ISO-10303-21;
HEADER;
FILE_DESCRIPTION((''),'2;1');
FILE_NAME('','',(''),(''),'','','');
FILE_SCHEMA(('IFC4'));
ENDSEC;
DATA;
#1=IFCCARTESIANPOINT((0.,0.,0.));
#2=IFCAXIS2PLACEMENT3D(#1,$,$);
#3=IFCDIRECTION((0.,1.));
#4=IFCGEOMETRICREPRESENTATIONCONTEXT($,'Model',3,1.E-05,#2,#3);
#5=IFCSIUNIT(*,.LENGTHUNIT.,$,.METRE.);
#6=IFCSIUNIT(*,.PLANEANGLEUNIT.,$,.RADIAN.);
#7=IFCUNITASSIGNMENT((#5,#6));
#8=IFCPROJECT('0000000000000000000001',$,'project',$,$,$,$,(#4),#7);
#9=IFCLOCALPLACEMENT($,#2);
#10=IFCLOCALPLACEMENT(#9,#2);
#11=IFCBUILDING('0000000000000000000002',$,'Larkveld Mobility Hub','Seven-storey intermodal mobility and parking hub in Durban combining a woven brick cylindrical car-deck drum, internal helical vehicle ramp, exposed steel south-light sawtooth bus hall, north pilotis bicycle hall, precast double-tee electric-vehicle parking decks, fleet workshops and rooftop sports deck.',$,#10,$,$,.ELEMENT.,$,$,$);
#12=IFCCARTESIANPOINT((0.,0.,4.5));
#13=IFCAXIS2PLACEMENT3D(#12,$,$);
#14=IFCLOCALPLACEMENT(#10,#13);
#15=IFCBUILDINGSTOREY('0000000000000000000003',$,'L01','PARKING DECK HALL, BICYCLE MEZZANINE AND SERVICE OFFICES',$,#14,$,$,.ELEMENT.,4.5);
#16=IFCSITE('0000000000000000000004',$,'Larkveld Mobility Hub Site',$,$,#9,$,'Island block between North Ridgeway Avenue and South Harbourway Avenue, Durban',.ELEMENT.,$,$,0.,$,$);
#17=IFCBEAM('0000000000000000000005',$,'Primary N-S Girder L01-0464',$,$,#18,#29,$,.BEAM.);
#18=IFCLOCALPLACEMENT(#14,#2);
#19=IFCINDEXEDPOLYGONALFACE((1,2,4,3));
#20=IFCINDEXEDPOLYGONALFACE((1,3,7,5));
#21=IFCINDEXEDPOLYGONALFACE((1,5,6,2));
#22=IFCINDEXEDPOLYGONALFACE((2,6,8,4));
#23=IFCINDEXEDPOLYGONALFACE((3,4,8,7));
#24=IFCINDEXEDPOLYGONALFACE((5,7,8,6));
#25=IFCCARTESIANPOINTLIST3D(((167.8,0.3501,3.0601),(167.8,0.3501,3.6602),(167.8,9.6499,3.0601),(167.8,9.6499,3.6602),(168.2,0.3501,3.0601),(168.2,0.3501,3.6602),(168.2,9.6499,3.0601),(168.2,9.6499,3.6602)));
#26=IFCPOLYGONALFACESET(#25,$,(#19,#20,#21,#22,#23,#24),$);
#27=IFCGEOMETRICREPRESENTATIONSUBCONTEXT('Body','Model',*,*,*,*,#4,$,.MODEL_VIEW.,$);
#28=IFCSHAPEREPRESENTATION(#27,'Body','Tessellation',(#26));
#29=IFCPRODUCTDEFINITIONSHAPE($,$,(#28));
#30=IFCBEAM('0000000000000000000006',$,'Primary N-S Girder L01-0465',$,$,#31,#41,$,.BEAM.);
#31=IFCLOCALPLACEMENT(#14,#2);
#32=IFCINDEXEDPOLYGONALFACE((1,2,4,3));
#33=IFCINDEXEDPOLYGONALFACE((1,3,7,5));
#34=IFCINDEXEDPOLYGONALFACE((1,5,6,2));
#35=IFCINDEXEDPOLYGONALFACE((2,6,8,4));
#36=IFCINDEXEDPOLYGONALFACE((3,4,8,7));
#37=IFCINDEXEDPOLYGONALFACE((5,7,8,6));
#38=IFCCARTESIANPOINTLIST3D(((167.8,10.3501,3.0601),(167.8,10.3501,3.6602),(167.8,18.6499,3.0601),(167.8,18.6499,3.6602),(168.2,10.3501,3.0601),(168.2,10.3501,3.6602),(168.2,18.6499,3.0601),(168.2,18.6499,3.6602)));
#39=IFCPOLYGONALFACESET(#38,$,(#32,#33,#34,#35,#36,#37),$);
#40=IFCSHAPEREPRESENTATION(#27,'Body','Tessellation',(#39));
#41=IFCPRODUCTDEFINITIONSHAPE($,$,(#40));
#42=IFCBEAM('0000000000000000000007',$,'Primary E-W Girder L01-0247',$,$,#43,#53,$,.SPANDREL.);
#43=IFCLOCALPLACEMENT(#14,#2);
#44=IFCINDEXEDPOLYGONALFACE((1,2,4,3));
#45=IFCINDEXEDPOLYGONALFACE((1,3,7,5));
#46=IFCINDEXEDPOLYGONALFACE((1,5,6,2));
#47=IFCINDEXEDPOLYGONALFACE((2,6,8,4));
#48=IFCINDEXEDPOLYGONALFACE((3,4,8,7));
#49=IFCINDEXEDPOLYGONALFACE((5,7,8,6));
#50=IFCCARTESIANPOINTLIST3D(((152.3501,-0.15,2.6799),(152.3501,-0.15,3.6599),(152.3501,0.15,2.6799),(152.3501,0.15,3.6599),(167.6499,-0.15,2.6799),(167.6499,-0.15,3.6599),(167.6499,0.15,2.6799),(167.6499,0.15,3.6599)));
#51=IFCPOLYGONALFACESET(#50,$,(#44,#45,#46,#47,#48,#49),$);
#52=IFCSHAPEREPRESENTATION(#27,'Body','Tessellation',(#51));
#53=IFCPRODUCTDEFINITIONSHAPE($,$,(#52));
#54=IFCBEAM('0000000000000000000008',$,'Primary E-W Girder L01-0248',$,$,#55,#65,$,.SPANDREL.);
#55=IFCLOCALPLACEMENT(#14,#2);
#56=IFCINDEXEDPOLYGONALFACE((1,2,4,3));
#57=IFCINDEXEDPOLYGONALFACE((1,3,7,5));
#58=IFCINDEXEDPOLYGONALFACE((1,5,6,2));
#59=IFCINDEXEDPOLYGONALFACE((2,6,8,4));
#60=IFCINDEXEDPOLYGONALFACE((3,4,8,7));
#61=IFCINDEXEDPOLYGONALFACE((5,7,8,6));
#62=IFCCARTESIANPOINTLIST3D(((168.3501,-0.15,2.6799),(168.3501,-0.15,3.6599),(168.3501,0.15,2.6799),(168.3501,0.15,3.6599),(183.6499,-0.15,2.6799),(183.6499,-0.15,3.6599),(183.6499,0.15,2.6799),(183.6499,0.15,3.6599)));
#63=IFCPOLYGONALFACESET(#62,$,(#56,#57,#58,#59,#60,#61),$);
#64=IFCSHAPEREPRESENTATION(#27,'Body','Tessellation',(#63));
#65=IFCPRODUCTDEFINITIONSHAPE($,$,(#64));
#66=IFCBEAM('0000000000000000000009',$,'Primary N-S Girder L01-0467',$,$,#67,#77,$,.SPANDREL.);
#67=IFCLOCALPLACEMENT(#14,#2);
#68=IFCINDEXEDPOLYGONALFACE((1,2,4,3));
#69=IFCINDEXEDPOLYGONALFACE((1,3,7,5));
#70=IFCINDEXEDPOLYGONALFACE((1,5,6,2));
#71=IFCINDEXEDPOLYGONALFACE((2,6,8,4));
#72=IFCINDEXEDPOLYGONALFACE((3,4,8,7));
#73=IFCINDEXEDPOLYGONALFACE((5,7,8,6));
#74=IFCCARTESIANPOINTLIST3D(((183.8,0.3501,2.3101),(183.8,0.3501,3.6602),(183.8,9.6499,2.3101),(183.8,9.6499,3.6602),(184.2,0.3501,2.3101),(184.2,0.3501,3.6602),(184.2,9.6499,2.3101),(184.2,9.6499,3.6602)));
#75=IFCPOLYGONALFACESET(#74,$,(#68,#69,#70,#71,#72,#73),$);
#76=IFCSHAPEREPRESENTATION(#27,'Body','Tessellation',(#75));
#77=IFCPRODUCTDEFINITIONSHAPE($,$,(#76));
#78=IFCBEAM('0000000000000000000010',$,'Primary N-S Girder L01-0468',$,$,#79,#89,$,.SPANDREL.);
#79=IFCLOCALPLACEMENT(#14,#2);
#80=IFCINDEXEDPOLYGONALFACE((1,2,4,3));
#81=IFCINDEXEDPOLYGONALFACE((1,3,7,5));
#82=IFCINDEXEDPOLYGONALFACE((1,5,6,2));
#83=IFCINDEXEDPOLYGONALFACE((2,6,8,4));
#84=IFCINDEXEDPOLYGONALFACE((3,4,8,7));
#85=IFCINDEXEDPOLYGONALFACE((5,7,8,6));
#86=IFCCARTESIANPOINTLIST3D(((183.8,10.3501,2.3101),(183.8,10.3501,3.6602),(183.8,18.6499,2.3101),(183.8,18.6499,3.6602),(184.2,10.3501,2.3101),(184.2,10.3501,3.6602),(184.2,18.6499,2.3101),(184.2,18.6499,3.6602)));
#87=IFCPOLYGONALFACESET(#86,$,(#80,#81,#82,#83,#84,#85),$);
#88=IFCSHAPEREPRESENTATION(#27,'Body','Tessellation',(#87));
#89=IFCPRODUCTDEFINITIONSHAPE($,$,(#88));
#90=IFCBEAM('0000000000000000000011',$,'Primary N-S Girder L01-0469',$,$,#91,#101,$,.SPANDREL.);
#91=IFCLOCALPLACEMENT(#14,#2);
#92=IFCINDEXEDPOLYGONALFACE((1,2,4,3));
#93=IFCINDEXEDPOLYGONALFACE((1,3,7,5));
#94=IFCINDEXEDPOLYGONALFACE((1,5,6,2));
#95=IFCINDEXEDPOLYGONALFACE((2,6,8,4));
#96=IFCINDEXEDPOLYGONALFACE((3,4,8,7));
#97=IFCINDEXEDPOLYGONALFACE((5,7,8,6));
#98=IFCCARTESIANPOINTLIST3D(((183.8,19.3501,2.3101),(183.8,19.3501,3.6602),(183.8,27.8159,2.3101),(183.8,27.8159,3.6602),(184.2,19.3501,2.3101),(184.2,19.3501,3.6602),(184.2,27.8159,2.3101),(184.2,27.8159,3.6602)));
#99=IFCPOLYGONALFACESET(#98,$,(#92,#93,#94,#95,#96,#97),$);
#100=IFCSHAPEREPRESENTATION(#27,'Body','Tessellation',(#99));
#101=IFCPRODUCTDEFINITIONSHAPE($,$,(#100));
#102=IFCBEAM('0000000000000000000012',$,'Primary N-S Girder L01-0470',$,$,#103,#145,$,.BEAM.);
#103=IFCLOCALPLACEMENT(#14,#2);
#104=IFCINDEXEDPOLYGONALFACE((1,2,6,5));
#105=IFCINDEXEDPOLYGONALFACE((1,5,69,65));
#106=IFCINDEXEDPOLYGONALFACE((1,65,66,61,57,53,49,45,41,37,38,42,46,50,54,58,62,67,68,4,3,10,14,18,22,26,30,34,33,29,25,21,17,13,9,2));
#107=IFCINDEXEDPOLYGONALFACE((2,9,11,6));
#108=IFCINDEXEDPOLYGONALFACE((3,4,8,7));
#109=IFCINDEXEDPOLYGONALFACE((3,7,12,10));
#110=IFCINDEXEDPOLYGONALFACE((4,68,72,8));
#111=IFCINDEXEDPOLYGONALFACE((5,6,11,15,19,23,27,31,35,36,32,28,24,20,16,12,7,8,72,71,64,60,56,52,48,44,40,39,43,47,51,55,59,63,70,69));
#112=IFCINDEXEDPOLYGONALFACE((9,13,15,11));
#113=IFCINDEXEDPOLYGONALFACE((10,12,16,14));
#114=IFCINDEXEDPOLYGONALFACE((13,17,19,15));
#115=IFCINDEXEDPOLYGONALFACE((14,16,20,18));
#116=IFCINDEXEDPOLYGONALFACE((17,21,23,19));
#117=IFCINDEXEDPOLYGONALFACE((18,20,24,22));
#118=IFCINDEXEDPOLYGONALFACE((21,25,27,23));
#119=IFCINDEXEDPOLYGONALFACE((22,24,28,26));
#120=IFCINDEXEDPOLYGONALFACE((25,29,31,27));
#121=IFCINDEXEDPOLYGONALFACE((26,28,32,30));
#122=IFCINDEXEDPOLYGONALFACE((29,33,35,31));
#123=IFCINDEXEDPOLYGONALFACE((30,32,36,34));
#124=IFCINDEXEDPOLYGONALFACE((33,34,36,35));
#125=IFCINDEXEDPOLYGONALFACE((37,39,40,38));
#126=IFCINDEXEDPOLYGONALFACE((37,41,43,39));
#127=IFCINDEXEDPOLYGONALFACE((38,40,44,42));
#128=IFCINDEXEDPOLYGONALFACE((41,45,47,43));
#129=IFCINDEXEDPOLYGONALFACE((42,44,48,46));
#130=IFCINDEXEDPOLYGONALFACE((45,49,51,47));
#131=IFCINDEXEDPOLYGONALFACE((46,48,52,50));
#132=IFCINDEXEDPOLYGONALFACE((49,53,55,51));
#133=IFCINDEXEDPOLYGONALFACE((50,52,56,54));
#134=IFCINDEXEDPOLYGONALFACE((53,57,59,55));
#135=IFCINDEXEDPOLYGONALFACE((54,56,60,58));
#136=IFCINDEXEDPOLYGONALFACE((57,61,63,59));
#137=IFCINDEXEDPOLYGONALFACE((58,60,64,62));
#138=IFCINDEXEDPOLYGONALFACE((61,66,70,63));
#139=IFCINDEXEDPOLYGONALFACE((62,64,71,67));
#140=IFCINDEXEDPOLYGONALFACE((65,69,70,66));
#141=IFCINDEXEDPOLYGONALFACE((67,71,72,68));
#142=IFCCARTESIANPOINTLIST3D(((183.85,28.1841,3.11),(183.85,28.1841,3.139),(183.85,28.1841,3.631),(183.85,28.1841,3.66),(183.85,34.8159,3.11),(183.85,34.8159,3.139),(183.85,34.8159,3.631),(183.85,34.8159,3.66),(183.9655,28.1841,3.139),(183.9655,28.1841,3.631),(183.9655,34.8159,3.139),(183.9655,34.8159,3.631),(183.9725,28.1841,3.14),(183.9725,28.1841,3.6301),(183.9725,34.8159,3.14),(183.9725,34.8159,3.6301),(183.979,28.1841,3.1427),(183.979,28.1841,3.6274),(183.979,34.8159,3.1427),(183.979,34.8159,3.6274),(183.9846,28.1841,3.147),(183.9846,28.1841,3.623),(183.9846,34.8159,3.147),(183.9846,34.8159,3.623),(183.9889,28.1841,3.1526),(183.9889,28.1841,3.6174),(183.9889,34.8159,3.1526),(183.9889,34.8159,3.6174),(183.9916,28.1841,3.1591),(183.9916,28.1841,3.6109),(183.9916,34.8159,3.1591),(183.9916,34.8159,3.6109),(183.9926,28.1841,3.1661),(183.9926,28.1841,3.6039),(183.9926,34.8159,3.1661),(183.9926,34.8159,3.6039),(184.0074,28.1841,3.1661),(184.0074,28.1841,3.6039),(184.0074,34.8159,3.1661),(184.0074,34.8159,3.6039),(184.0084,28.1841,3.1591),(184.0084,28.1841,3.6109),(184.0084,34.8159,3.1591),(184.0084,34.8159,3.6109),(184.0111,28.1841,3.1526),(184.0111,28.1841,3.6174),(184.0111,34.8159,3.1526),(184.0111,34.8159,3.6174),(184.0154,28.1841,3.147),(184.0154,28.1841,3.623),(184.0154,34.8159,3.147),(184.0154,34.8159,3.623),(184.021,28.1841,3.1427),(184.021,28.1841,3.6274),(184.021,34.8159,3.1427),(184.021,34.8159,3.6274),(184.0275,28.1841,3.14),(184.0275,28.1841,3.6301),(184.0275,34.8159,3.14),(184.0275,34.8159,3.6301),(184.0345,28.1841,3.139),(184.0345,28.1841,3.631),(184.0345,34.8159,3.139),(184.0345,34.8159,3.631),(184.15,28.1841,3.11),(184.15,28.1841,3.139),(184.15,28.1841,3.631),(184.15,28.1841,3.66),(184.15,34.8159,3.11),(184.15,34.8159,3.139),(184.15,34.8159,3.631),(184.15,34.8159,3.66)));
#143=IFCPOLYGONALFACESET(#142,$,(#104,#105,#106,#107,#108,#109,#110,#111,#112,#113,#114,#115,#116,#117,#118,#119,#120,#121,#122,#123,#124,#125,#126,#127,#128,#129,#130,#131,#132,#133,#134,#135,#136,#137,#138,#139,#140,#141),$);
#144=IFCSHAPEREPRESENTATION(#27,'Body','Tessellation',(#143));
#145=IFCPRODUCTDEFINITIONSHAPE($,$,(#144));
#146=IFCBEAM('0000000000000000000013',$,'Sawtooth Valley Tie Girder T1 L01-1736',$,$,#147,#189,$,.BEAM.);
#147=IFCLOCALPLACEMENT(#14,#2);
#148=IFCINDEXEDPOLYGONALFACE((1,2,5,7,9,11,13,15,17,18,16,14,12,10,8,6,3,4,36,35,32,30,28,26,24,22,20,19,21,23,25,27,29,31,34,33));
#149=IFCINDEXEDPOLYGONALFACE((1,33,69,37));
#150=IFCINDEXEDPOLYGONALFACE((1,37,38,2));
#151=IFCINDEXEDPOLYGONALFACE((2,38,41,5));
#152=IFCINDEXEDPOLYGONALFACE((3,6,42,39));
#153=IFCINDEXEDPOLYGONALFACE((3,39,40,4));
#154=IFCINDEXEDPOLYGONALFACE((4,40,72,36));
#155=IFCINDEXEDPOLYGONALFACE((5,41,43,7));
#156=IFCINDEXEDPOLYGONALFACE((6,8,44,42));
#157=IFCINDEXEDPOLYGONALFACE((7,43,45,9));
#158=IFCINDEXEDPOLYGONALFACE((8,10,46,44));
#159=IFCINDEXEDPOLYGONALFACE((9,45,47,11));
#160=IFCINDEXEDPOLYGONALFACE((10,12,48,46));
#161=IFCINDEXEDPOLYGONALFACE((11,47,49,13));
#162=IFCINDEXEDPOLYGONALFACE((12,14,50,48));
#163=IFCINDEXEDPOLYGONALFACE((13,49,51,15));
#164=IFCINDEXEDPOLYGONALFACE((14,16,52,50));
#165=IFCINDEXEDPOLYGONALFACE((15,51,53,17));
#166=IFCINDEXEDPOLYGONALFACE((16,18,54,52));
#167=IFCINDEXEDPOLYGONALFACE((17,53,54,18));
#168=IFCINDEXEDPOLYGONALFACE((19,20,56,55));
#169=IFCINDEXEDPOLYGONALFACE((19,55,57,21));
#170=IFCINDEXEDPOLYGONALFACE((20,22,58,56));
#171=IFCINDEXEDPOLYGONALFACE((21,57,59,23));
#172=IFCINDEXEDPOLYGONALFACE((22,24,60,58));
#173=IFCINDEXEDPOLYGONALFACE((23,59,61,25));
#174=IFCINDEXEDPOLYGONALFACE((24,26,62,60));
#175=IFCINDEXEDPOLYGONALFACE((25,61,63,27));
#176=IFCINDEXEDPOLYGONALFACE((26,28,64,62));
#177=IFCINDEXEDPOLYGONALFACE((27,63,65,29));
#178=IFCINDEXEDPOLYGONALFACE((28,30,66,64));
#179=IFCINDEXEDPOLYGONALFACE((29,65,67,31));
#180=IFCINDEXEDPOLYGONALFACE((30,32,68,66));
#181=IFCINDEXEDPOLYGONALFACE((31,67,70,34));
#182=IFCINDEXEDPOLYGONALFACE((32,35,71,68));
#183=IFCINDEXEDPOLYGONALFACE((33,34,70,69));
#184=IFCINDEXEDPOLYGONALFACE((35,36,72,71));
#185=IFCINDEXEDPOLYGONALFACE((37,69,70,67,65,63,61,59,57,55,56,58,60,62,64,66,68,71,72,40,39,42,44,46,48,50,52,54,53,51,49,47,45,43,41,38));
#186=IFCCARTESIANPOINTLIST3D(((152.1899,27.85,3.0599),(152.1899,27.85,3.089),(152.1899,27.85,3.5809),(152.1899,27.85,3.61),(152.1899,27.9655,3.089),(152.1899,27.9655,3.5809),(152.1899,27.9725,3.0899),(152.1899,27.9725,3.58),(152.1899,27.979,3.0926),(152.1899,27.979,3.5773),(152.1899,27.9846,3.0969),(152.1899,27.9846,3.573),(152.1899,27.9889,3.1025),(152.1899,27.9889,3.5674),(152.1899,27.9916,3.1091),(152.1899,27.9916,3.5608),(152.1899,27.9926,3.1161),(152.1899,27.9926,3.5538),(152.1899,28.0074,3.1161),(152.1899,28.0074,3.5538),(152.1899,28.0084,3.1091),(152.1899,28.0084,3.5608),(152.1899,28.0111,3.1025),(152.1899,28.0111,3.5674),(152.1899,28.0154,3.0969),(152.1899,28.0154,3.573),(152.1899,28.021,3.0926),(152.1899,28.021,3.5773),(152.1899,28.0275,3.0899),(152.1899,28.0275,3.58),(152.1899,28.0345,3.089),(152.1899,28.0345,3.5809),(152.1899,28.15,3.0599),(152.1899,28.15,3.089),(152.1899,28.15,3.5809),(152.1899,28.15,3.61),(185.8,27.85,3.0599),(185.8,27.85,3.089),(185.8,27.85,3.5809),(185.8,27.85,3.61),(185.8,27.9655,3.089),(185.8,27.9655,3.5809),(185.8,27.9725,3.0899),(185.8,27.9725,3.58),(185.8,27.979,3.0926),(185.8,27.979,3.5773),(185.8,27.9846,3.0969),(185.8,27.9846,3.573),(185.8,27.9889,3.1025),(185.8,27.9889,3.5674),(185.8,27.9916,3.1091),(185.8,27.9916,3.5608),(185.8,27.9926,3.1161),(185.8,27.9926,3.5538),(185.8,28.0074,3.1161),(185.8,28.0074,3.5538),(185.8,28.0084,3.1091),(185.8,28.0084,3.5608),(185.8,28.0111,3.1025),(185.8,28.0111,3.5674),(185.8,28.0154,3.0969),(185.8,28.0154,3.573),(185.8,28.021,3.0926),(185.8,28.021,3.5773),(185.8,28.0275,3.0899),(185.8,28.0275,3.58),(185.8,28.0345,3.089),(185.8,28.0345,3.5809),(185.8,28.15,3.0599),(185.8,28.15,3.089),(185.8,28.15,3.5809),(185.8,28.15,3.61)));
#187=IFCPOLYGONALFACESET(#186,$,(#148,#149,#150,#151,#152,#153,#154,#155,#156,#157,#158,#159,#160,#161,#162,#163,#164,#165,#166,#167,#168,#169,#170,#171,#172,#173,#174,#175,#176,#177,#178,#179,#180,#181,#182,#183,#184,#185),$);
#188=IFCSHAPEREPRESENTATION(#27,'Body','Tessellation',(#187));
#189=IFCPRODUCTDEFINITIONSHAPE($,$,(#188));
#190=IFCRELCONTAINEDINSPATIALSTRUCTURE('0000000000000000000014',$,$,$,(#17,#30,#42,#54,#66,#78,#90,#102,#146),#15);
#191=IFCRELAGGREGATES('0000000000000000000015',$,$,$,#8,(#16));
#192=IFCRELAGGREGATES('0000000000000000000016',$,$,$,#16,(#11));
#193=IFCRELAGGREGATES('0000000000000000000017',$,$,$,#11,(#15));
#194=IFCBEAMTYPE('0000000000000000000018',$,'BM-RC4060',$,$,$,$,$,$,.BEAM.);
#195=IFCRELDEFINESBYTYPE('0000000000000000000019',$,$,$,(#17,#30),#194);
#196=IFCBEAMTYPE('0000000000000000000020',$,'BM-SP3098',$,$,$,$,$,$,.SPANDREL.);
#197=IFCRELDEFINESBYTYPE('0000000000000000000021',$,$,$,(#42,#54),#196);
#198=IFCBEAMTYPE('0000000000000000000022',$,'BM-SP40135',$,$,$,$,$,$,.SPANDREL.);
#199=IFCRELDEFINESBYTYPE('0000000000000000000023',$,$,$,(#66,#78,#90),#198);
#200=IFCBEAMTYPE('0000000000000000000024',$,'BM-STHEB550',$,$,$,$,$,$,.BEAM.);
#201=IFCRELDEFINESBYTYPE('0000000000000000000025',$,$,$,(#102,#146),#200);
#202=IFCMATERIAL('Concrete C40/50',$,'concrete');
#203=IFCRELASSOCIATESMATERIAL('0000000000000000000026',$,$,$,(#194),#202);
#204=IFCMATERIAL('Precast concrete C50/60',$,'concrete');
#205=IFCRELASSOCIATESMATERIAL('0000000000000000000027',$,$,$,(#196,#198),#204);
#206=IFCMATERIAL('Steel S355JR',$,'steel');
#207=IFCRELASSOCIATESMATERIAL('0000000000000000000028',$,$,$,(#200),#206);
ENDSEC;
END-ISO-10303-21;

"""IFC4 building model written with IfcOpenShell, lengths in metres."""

from ifc_helpers import new_model, si_unit, direction, frame, origin, origin_2d, place, context, subcontext, project, spatial, rectangle, i_section, extrude, material, material_profile, profile_set, type_object, element, save


model = new_model("IFC4")

# Units and contexts
model_context = context("Model", 3, precision=1e-05, world=origin(), true_north=direction((0.0, 1.0)))
body_context = subcontext(model_context, "Body", "Model", "MODEL_VIEW")
ifc_project = project(units=[si_unit("LENGTHUNIT", "METRE"), si_unit("PLANEANGLEUNIT", "RADIAN")], contexts=[model_context])

# Site, building, storey
site_placement = place(None, origin())
site = spatial("IfcSite", under=ifc_project, at=site_placement, Name="Larkveld Mobility Hub Site", LongName="Island block between North Ridgeway Avenue and South Harbourway Avenue, Durban", CompositionType="ELEMENT", RefElevation=0.0)
building_placement = place(site_placement, origin())
building = spatial("IfcBuilding", under=site, at=building_placement, Name="Larkveld Mobility Hub", Description="Seven-storey intermodal mobility and parking hub in Durban combining a woven brick cylindrical car-deck drum, internal helical vehicle ramp, exposed steel south-light sawtooth bus hall, north pilotis bicycle hall, precast double-tee electric-vehicle parking decks, fleet workshops and rooftop sports deck.", CompositionType="ELEMENT")
storey_placement = place(building_placement, frame((0.0, 0.0, 4.5)))
storey = spatial("IfcBuildingStorey", under=building, at=storey_placement, Name="L01", Description="PARKING DECK HALL, BICYCLE MEZZANINE AND SERVICE OFFICES", CompositionType="ELEMENT", Elevation=4.5)

# Shared definitions
ifc_material_1 = material(Name="Concrete C40/50", Category="concrete")
ifc_material_2 = material(Name="Steel S355JR", Category="steel")

# Beams
ifc_material_3 = material(Name="Precast concrete C50/60", Category="concrete")
ifc_material_profile_1 = material_profile(ifc_material_1, rectangle(XDim=0.3999, YDim=0.6001, at=origin_2d()), Name="RC BM 400x600")
ifc_profile_set_1 = profile_set([ifc_material_profile_1], Name="Concrete C40/50")
beam_type_1 = type_object("IfcBeamType", Name="BM-RC4060", PredefinedType="BEAM", material=ifc_profile_set_1)
beam_1_placement = place(storey_placement, frame((168.0, 0.3501, 3.3601), z_axis=(0.0, 1.0, 0.0), x_axis=(-1.0, 0.0, 0.0)))
element("IfcBeam", 1, at=beam_1_placement, inside=storey, type_object=beam_type_1, Name="Primary N-S Girder L01-0464", PredefinedType="BEAM", context=body_context, shape_type="SweptSolid", body=[
    extrude(rectangle(XDim=0.3999, YDim=0.6001, at=origin_2d()), origin(), (0.0, 0.0, 1.0), 9.2998),
])
beam_2_placement = place(storey_placement, frame((168.0, 10.3501, 3.3601), z_axis=(0.0, 1.0, 0.0), x_axis=(-1.0, 0.0, 0.0)))
element("IfcBeam", 2, at=beam_2_placement, inside=storey, type_object=beam_type_1, Name="Primary N-S Girder L01-0465", PredefinedType="BEAM", context=body_context, shape_type="SweptSolid", body=[
    extrude(rectangle(XDim=0.3999, YDim=0.6001, at=origin_2d()), origin(), (0.0, 0.0, 1.0), 8.2998),
])
ifc_material_profile_2 = material_profile(ifc_material_3, rectangle(XDim=0.3, YDim=0.98, at=origin_2d()), Name="PC SP 300x980")
ifc_profile_set_2 = profile_set([ifc_material_profile_2], Name="Precast concrete C50/60")
beam_type_2 = type_object("IfcBeamType", Name="BM-SP3098", PredefinedType="SPANDREL", material=ifc_profile_set_2)
for number, where, z_axis, x_axis, name in (
    (3, (152.3501, 0.0, 3.1699), (1.0, 0.0, 0.0), (0.0, 1.0, 0.0), "Primary E-W Girder L01-0247"),
    (4, (168.3501, 0.0, 3.1699), (1.0, 0.0, 0.0), (0.0, 1.0, 0.0), "Primary E-W Girder L01-0248"),
):
    element("IfcBeam", number, at=place(storey_placement, frame(where, z_axis=z_axis, x_axis=x_axis)), inside=storey, type_object=beam_type_2, Name=name, PredefinedType="SPANDREL", context=body_context, shape_type="SweptSolid", body=[
        extrude(rectangle(XDim=0.3, YDim=0.98, at=origin_2d()), origin(), (0.0, 0.0, 1.0), 15.2998),
    ])
ifc_material_profile_3 = material_profile(ifc_material_3, rectangle(XDim=0.3999, YDim=1.3501, at=origin_2d()), Name="PC SP 400x1350")
ifc_profile_set_3 = profile_set([ifc_material_profile_3], Name="Precast concrete C50/60")
beam_type_3 = type_object("IfcBeamType", Name="BM-SP40135", PredefinedType="SPANDREL", material=ifc_profile_set_3)
beam_3_placement = place(storey_placement, frame((184.0, 0.3501, 2.9851), z_axis=(0.0, 1.0, 0.0), x_axis=(-1.0, 0.0, 0.0)))
element("IfcBeam", 5, at=beam_3_placement, inside=storey, type_object=beam_type_3, Name="Primary N-S Girder L01-0467", PredefinedType="SPANDREL", context=body_context, shape_type="SweptSolid", body=[
    extrude(rectangle(XDim=0.3999, YDim=1.3501, at=origin_2d()), origin(), (0.0, 0.0, 1.0), 9.2998),
])
beam_4_placement = place(storey_placement, frame((184.0, 10.3501, 2.9851), z_axis=(0.0, 1.0, 0.0), x_axis=(-1.0, 0.0, 0.0)))
element("IfcBeam", 6, at=beam_4_placement, inside=storey, type_object=beam_type_3, Name="Primary N-S Girder L01-0468", PredefinedType="SPANDREL", context=body_context, shape_type="SweptSolid", body=[
    extrude(rectangle(XDim=0.3999, YDim=1.3501, at=origin_2d()), origin(), (0.0, 0.0, 1.0), 8.2998),
])
beam_5_placement = place(storey_placement, frame((184.0, 19.3501, 2.9851), z_axis=(0.0, 1.0, 0.0), x_axis=(-1.0, 0.0, 0.0)))
element("IfcBeam", 7, at=beam_5_placement, inside=storey, type_object=beam_type_3, Name="Primary N-S Girder L01-0469", PredefinedType="SPANDREL", context=body_context, shape_type="SweptSolid", body=[
    extrude(rectangle(XDim=0.3999, YDim=1.3501, at=origin_2d()), origin(), (0.0, 0.0, 1.0), 8.4658),
])
ifc_material_profile_4 = material_profile(ifc_material_2, i_section(OverallWidth=0.3, OverallDepth=0.55, WebThickness=0.0149, FlangeThickness=0.0291, FilletRadius=0.0271, at=origin_2d()), Name="HEB 550")
ifc_profile_set_4 = profile_set([ifc_material_profile_4], Name="Steel S355JR")
beam_type_4 = type_object("IfcBeamType", Name="BM-STHEB550", PredefinedType="BEAM", material=ifc_profile_set_4)
beam_6_placement = place(storey_placement, frame((184.0, 28.1841, 3.385), z_axis=(0.0, 1.0, 0.0), x_axis=(-1.0, 0.0, 0.0)))
element("IfcBeam", 8, at=beam_6_placement, inside=storey, type_object=beam_type_4, Name="Primary N-S Girder L01-0470", PredefinedType="BEAM", context=body_context, shape_type="SweptSolid", body=[
    extrude(i_section(OverallWidth=0.3, OverallDepth=0.55, WebThickness=0.0149, FlangeThickness=0.0291, FilletRadius=0.0271, at=origin_2d()), origin(), (0.0, 0.0, 1.0), 6.6318),
])
beam_7_placement = place(storey_placement, frame((152.1899, 28.0, 3.335), z_axis=(1.0, 0.0, 0.0), x_axis=(0.0, 1.0, 0.0)))
element("IfcBeam", 9, at=beam_7_placement, inside=storey, type_object=beam_type_4, Name="Sawtooth Valley Tie Girder T1 L01-1736", PredefinedType="BEAM", context=body_context, shape_type="SweptSolid", body=[
    extrude(i_section(OverallWidth=0.3, OverallDepth=0.55, WebThickness=0.0149, FlangeThickness=0.0291, FilletRadius=0.0271, at=origin_2d()), origin(), (0.0, 0.0, 1.0), 33.6101),
])

save(model, "model.ifc")
